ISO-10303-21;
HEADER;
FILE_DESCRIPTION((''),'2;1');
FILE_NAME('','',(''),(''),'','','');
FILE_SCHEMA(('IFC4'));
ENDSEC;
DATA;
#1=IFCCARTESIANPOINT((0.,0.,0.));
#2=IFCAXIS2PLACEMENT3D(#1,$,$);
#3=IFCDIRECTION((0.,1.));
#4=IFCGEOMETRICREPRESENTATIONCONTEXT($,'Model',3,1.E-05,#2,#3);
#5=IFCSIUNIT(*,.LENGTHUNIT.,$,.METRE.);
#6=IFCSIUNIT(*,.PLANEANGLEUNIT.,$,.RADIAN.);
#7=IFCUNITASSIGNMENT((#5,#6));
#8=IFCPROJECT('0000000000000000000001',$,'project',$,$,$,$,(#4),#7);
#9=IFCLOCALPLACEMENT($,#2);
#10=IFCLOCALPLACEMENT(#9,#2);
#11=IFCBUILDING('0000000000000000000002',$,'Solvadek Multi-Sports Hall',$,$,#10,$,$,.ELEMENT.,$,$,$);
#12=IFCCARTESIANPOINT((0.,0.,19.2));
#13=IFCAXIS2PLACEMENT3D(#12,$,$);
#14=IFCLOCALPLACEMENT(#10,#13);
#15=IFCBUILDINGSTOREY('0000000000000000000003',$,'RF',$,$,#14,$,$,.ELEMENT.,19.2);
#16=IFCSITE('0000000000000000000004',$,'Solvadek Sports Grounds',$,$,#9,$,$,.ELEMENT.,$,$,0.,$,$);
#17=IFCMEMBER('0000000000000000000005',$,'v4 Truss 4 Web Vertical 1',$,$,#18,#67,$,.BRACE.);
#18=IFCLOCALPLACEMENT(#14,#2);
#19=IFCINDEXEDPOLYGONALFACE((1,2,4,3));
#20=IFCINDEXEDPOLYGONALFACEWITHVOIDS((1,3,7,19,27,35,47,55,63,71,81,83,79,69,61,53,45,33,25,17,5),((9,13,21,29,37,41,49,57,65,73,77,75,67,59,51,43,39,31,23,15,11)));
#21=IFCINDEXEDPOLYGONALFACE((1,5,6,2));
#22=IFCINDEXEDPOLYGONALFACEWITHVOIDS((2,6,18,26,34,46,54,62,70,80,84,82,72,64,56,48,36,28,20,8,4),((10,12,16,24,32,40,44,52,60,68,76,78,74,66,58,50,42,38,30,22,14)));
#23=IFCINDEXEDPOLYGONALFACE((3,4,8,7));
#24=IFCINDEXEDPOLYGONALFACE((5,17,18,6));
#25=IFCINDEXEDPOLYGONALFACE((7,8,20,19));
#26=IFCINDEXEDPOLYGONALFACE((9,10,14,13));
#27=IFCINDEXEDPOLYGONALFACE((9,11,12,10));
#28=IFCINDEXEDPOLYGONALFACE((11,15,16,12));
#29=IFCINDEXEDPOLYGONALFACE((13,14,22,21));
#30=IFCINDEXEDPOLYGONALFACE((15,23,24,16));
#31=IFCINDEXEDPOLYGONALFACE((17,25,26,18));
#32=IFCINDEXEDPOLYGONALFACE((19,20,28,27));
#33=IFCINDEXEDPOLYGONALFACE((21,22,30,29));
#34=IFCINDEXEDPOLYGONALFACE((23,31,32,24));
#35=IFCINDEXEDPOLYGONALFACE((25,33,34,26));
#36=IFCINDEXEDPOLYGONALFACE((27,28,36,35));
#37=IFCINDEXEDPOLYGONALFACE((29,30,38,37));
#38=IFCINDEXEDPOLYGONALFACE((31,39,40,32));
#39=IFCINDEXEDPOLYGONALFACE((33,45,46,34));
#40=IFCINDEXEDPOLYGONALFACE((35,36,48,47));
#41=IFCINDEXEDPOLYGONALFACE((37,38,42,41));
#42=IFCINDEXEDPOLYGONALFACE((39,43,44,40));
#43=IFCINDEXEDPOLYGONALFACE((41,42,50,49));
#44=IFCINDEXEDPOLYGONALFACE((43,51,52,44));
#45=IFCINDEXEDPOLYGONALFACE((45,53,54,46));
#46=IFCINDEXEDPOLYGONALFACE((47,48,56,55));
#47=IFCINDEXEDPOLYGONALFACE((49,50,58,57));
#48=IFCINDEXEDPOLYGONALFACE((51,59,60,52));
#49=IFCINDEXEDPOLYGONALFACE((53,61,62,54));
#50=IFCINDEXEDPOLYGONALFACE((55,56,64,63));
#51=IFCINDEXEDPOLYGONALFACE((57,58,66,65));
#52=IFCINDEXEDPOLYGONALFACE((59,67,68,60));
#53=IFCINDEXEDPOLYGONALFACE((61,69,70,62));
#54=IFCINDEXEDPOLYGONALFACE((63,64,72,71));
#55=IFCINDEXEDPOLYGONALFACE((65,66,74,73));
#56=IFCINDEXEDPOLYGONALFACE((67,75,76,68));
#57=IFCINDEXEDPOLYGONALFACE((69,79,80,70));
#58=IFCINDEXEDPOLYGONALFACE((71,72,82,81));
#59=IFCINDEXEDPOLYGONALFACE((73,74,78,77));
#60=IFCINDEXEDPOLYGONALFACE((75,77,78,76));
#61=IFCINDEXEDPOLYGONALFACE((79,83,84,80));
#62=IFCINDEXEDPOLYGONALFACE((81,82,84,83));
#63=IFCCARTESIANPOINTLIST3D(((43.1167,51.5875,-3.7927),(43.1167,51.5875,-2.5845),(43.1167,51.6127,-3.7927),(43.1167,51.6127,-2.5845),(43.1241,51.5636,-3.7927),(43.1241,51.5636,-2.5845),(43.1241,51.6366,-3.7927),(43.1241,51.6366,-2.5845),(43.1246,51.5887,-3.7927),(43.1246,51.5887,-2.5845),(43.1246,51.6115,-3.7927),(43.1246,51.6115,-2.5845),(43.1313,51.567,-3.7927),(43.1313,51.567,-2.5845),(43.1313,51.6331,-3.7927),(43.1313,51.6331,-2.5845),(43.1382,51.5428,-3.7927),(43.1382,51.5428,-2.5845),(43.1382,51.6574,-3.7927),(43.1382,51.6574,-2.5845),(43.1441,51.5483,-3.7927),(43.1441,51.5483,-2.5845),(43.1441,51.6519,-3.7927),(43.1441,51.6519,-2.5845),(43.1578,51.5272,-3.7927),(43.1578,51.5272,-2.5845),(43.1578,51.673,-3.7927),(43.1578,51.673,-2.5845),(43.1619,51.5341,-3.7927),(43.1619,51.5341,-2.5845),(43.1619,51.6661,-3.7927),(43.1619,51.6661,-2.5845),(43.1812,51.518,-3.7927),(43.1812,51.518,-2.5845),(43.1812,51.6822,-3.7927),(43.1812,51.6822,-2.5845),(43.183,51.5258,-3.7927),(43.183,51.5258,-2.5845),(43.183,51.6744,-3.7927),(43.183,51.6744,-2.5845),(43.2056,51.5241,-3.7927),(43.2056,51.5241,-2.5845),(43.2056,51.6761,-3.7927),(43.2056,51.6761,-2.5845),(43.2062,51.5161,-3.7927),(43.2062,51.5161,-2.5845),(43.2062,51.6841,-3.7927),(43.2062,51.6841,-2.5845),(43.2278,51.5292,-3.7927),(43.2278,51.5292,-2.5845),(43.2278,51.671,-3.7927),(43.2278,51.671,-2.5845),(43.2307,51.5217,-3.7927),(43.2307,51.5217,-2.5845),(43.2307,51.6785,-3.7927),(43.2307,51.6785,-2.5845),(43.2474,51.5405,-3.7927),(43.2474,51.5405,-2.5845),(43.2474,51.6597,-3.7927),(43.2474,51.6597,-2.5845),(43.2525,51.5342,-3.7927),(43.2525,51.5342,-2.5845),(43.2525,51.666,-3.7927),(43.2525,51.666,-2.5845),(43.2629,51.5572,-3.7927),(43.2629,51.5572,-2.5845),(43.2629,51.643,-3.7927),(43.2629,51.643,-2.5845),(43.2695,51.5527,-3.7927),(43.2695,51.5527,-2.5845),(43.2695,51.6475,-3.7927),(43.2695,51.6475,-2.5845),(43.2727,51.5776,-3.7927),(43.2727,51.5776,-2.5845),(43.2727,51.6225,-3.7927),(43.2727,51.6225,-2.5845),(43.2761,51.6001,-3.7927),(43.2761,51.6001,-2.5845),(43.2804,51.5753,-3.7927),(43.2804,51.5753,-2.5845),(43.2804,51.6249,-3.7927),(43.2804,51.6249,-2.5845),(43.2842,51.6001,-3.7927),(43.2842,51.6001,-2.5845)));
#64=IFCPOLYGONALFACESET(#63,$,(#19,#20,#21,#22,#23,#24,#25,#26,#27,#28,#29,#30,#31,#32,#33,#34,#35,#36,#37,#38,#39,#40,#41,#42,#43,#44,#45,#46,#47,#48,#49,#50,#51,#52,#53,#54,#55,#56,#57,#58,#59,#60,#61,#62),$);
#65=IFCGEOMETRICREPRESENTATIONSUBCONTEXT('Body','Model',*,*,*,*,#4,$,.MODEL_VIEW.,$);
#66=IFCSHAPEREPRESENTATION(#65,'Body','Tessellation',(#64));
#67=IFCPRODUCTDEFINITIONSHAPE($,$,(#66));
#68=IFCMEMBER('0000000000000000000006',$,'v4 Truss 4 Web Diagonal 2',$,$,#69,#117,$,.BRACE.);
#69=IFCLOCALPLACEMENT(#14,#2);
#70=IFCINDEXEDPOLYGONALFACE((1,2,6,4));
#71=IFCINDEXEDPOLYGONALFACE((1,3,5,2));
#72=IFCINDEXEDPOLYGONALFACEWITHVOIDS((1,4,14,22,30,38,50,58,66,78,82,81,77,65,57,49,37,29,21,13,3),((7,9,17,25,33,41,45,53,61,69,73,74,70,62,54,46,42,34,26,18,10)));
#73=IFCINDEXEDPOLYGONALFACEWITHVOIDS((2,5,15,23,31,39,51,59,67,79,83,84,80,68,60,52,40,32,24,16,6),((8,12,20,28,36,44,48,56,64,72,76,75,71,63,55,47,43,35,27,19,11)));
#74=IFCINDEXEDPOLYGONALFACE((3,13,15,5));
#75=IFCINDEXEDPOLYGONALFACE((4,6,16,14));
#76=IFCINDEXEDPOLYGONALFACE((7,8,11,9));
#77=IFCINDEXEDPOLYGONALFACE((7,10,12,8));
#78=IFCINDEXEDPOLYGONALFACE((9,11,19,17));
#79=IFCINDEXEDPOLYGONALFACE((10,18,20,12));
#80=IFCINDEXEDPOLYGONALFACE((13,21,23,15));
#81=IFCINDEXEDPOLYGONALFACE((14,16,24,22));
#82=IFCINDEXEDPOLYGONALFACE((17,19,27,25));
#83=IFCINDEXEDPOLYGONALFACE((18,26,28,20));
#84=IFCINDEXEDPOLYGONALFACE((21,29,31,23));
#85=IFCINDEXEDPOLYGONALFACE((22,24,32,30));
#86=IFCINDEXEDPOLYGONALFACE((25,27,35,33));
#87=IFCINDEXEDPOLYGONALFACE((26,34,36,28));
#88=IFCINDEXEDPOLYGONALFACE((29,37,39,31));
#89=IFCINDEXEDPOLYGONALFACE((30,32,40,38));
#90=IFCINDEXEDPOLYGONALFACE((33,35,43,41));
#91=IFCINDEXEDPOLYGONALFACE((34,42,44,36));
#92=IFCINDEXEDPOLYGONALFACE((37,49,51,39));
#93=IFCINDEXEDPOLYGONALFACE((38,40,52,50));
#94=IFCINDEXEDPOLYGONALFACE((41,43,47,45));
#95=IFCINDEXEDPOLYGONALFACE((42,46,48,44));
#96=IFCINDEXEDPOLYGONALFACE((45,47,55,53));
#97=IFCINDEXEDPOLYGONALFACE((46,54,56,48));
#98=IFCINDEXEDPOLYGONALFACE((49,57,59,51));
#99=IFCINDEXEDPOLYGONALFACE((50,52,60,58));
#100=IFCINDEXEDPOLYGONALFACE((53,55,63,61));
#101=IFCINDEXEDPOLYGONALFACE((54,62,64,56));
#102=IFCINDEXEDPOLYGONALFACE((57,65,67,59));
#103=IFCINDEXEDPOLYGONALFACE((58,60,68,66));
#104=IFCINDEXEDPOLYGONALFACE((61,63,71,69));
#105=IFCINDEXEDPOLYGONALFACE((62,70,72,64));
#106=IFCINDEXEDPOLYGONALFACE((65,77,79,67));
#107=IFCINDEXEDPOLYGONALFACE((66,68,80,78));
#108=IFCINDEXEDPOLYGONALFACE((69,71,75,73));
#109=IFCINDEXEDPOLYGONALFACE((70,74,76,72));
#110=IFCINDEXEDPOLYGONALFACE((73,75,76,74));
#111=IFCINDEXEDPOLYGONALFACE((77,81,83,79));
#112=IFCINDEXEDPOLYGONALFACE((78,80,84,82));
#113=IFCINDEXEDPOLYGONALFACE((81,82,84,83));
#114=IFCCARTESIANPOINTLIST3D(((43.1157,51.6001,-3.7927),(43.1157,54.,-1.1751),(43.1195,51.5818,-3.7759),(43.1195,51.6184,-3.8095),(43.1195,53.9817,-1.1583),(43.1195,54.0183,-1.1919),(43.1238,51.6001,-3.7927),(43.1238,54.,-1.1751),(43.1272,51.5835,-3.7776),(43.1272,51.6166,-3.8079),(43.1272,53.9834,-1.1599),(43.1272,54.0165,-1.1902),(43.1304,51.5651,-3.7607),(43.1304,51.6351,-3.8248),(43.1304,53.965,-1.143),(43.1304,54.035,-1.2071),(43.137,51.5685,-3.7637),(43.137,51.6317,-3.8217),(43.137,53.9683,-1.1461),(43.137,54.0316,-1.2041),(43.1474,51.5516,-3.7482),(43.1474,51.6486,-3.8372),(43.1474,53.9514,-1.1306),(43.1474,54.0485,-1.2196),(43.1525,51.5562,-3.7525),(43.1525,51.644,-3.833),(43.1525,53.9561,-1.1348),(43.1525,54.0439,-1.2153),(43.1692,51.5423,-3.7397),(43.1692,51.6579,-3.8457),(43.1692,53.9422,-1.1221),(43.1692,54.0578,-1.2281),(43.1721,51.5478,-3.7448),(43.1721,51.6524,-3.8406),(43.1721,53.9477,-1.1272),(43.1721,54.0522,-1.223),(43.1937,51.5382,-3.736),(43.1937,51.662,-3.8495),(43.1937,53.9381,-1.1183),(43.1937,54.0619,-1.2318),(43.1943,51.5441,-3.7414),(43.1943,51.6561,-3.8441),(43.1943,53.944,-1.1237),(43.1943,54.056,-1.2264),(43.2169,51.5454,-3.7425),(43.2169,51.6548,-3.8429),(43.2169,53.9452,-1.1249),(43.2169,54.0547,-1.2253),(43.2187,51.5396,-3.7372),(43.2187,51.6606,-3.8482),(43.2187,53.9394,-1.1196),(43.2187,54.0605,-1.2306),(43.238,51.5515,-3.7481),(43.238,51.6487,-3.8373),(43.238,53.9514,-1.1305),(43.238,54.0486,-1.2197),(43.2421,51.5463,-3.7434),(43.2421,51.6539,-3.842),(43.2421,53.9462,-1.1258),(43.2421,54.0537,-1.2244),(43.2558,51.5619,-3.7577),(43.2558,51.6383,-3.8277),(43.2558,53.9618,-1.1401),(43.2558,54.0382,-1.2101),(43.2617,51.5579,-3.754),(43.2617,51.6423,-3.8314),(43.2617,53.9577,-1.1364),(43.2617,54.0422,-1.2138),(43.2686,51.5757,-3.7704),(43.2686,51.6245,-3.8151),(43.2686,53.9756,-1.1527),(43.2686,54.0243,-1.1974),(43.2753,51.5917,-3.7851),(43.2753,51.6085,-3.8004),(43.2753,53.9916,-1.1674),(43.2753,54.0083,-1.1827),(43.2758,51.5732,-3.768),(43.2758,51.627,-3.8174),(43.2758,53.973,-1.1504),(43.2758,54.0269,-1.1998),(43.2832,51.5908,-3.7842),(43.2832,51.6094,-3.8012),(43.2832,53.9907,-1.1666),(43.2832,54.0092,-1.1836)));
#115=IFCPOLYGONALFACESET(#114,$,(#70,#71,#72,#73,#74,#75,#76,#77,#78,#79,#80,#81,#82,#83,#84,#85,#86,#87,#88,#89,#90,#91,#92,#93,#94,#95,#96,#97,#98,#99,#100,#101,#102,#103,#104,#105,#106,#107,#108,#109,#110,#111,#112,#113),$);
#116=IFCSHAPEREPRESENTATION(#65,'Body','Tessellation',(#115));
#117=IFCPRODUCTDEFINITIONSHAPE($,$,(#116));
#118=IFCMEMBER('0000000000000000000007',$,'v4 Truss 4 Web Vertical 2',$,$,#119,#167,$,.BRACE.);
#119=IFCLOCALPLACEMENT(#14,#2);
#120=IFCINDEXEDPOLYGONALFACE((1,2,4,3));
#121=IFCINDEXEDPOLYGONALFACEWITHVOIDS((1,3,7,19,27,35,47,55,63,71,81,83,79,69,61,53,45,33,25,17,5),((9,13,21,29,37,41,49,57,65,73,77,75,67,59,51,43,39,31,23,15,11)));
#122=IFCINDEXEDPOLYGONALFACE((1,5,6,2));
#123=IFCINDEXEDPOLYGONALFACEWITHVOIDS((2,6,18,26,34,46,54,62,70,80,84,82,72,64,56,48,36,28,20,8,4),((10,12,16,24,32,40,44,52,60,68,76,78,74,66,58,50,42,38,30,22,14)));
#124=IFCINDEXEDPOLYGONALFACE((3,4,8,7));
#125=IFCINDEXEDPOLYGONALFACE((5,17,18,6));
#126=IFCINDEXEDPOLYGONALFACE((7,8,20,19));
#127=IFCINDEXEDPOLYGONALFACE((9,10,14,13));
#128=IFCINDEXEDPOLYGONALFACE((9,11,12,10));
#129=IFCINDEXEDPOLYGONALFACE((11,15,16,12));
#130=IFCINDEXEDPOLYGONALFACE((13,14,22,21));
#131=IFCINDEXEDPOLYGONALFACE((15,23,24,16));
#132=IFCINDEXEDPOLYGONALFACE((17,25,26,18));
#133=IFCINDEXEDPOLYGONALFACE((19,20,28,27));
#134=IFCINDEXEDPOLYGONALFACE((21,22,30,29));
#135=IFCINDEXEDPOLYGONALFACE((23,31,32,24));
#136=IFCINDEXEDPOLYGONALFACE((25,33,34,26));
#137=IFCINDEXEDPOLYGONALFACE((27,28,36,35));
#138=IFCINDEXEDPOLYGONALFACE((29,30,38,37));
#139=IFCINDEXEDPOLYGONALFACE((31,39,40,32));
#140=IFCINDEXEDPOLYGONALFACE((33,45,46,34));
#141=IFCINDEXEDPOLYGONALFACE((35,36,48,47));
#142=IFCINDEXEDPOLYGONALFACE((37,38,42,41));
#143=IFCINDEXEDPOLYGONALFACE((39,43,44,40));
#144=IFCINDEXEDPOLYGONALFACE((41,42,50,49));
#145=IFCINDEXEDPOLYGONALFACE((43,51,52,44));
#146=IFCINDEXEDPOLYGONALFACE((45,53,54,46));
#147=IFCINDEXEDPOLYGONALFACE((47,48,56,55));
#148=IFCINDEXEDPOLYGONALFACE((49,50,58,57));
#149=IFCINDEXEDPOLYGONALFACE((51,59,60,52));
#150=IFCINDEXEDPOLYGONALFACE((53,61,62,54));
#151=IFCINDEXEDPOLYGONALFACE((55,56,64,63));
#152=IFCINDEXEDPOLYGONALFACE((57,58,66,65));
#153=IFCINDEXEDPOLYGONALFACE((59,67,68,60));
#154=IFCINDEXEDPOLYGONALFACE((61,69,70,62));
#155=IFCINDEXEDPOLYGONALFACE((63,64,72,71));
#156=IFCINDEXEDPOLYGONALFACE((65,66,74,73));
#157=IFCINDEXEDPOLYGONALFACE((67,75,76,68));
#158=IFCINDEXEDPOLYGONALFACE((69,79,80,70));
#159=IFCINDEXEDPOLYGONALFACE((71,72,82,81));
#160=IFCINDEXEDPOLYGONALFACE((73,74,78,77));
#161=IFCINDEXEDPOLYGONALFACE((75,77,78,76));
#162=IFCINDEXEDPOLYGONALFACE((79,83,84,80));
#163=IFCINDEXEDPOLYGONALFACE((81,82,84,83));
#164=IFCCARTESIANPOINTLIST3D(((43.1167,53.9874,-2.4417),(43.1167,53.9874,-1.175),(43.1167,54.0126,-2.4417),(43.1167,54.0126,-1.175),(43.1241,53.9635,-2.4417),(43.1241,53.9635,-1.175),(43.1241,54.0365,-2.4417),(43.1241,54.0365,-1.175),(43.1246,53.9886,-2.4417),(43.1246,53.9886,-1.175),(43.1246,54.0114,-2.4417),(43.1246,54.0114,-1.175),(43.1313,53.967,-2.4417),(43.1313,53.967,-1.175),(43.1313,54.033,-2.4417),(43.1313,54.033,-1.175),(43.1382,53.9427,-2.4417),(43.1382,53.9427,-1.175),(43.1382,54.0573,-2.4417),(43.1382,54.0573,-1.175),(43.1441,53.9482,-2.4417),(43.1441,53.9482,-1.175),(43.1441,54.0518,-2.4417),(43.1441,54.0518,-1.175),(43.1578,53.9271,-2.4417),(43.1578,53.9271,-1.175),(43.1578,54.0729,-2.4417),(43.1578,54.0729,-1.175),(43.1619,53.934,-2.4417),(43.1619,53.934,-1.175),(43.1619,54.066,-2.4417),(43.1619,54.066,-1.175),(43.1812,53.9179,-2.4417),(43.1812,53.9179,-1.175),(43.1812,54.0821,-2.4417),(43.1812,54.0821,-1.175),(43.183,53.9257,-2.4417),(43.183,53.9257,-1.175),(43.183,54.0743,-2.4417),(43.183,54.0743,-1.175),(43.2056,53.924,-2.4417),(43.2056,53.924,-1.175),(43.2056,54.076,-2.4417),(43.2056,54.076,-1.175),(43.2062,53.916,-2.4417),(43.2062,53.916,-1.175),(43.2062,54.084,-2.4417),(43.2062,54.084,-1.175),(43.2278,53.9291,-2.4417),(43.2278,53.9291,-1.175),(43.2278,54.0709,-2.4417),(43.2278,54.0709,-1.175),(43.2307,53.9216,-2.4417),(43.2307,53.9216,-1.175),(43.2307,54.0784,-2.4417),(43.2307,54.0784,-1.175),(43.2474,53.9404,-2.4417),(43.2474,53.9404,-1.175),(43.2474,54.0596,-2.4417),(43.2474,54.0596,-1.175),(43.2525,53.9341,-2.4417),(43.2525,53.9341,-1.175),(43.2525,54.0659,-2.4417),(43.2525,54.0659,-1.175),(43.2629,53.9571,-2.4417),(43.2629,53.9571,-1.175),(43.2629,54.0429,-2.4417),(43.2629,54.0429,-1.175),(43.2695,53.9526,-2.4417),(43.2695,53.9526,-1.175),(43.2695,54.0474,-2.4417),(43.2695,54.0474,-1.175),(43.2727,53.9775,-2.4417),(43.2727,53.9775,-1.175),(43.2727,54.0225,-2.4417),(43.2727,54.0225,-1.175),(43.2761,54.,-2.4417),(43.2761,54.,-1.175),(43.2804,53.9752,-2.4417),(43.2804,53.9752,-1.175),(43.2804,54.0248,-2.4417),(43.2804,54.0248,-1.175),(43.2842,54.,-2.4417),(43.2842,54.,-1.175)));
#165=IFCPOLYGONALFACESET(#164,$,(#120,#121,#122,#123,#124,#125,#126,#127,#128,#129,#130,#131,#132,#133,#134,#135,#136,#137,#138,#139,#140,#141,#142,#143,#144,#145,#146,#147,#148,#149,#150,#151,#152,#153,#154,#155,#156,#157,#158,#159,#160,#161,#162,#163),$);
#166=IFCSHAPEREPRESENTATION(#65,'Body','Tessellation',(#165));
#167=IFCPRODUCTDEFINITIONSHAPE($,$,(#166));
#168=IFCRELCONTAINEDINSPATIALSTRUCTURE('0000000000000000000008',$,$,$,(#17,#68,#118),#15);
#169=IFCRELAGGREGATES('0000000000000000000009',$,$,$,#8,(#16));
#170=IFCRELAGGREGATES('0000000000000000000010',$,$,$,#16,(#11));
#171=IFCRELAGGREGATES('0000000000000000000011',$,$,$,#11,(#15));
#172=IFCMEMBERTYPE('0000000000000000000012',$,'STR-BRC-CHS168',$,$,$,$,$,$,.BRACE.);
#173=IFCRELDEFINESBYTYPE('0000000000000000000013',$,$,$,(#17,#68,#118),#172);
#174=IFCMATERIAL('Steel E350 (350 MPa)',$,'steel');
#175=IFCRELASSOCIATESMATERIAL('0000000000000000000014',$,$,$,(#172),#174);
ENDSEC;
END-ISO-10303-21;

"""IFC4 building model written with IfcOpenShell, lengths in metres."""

from ifc_helpers import new_model, si_unit, direction, frame, origin, origin_2d, place, context, subcontext, project, spatial, hollow_circle, extrude, material, material_profile, profile_set, type_object, element, save


model = new_model("IFC4")

# Units and contexts
model_context = context("Model", 3, precision=1e-05, world=origin(), true_north=direction((0.0, 1.0)))
body_context = subcontext(model_context, "Body", "Model", "MODEL_VIEW")
ifc_project = project(units=[si_unit("LENGTHUNIT", "METRE"), si_unit("PLANEANGLEUNIT", "RADIAN")], contexts=[model_context])

# Site, building, storey
site_placement = place(None, origin())
site = spatial("IfcSite", under=ifc_project, at=site_placement, Name="Solvadek Sports Grounds", CompositionType="ELEMENT", RefElevation=0.0)
building_placement = place(site_placement, origin())
building = spatial("IfcBuilding", under=site, at=building_placement, Name="Solvadek Multi-Sports Hall", CompositionType="ELEMENT")
storey_placement = place(building_placement, frame((0.0, 0.0, 19.2)))
storey = spatial("IfcBuildingStorey", under=building, at=storey_placement, Name="RF", CompositionType="ELEMENT", Elevation=19.2)

# Members
ifc_material_1 = material(Name="Steel E350 (350 MPa)", Category="steel")
ifc_material_profile_1 = material_profile(ifc_material_1, hollow_circle(Radius=0.0842, WallThickness=0.0081, at=origin_2d()), Name="CHS 168.3x8")
ifc_profile_set_1 = profile_set([ifc_material_profile_1], Name="Steel E350 (350 MPa)")
member_type_1 = type_object("IfcMemberType", Name="STR-BRC-CHS168", PredefinedType="BRACE", material=ifc_profile_set_1)
member_1_placement = place(storey_placement, frame((43.2, 51.6001, -3.7927), z_axis=(0.0, 0.0, 1.0), x_axis=(1.0, 0.0, 0.0)))
element("IfcMember", 1, at=member_1_placement, inside=storey, type_object=member_type_1, Name="v4 Truss 4 Web Vertical 1", PredefinedType="BRACE", context=body_context, shape_type="SweptSolid", body=[
    extrude(hollow_circle(Radius=0.0842, WallThickness=0.0081, at=origin_2d()), origin(), (0.0, 0.0, 1.0), 1.2083),
])
member_2_placement = place(storey_placement, frame((43.2, 51.6001, -3.7927), z_axis=(0.0, 0.675781, 0.737103), x_axis=(-1.0, 0.0, 0.0)))
element("IfcMember", 2, at=member_2_placement, inside=storey, type_object=member_type_1, Name="v4 Truss 4 Web Diagonal 2", PredefinedType="BRACE", context=body_context, shape_type="SweptSolid", body=[
    extrude(hollow_circle(Radius=0.0842, WallThickness=0.0081, at=origin_2d()), origin(), (0.0, 0.0, 1.0), 3.5513),
])
member_3_placement = place(storey_placement, frame((43.2, 54.0, -2.4417), z_axis=(0.0, 0.0, 1.0), x_axis=(1.0, 0.0, 0.0)))
element("IfcMember", 3, at=member_3_placement, inside=storey, type_object=member_type_1, Name="v4 Truss 4 Web Vertical 2", PredefinedType="BRACE", context=body_context, shape_type="SweptSolid", body=[
    extrude(hollow_circle(Radius=0.0842, WallThickness=0.0081, at=origin_2d()), origin(), (0.0, 0.0, 1.0), 1.2666),
])

save(model, "model.ifc")
